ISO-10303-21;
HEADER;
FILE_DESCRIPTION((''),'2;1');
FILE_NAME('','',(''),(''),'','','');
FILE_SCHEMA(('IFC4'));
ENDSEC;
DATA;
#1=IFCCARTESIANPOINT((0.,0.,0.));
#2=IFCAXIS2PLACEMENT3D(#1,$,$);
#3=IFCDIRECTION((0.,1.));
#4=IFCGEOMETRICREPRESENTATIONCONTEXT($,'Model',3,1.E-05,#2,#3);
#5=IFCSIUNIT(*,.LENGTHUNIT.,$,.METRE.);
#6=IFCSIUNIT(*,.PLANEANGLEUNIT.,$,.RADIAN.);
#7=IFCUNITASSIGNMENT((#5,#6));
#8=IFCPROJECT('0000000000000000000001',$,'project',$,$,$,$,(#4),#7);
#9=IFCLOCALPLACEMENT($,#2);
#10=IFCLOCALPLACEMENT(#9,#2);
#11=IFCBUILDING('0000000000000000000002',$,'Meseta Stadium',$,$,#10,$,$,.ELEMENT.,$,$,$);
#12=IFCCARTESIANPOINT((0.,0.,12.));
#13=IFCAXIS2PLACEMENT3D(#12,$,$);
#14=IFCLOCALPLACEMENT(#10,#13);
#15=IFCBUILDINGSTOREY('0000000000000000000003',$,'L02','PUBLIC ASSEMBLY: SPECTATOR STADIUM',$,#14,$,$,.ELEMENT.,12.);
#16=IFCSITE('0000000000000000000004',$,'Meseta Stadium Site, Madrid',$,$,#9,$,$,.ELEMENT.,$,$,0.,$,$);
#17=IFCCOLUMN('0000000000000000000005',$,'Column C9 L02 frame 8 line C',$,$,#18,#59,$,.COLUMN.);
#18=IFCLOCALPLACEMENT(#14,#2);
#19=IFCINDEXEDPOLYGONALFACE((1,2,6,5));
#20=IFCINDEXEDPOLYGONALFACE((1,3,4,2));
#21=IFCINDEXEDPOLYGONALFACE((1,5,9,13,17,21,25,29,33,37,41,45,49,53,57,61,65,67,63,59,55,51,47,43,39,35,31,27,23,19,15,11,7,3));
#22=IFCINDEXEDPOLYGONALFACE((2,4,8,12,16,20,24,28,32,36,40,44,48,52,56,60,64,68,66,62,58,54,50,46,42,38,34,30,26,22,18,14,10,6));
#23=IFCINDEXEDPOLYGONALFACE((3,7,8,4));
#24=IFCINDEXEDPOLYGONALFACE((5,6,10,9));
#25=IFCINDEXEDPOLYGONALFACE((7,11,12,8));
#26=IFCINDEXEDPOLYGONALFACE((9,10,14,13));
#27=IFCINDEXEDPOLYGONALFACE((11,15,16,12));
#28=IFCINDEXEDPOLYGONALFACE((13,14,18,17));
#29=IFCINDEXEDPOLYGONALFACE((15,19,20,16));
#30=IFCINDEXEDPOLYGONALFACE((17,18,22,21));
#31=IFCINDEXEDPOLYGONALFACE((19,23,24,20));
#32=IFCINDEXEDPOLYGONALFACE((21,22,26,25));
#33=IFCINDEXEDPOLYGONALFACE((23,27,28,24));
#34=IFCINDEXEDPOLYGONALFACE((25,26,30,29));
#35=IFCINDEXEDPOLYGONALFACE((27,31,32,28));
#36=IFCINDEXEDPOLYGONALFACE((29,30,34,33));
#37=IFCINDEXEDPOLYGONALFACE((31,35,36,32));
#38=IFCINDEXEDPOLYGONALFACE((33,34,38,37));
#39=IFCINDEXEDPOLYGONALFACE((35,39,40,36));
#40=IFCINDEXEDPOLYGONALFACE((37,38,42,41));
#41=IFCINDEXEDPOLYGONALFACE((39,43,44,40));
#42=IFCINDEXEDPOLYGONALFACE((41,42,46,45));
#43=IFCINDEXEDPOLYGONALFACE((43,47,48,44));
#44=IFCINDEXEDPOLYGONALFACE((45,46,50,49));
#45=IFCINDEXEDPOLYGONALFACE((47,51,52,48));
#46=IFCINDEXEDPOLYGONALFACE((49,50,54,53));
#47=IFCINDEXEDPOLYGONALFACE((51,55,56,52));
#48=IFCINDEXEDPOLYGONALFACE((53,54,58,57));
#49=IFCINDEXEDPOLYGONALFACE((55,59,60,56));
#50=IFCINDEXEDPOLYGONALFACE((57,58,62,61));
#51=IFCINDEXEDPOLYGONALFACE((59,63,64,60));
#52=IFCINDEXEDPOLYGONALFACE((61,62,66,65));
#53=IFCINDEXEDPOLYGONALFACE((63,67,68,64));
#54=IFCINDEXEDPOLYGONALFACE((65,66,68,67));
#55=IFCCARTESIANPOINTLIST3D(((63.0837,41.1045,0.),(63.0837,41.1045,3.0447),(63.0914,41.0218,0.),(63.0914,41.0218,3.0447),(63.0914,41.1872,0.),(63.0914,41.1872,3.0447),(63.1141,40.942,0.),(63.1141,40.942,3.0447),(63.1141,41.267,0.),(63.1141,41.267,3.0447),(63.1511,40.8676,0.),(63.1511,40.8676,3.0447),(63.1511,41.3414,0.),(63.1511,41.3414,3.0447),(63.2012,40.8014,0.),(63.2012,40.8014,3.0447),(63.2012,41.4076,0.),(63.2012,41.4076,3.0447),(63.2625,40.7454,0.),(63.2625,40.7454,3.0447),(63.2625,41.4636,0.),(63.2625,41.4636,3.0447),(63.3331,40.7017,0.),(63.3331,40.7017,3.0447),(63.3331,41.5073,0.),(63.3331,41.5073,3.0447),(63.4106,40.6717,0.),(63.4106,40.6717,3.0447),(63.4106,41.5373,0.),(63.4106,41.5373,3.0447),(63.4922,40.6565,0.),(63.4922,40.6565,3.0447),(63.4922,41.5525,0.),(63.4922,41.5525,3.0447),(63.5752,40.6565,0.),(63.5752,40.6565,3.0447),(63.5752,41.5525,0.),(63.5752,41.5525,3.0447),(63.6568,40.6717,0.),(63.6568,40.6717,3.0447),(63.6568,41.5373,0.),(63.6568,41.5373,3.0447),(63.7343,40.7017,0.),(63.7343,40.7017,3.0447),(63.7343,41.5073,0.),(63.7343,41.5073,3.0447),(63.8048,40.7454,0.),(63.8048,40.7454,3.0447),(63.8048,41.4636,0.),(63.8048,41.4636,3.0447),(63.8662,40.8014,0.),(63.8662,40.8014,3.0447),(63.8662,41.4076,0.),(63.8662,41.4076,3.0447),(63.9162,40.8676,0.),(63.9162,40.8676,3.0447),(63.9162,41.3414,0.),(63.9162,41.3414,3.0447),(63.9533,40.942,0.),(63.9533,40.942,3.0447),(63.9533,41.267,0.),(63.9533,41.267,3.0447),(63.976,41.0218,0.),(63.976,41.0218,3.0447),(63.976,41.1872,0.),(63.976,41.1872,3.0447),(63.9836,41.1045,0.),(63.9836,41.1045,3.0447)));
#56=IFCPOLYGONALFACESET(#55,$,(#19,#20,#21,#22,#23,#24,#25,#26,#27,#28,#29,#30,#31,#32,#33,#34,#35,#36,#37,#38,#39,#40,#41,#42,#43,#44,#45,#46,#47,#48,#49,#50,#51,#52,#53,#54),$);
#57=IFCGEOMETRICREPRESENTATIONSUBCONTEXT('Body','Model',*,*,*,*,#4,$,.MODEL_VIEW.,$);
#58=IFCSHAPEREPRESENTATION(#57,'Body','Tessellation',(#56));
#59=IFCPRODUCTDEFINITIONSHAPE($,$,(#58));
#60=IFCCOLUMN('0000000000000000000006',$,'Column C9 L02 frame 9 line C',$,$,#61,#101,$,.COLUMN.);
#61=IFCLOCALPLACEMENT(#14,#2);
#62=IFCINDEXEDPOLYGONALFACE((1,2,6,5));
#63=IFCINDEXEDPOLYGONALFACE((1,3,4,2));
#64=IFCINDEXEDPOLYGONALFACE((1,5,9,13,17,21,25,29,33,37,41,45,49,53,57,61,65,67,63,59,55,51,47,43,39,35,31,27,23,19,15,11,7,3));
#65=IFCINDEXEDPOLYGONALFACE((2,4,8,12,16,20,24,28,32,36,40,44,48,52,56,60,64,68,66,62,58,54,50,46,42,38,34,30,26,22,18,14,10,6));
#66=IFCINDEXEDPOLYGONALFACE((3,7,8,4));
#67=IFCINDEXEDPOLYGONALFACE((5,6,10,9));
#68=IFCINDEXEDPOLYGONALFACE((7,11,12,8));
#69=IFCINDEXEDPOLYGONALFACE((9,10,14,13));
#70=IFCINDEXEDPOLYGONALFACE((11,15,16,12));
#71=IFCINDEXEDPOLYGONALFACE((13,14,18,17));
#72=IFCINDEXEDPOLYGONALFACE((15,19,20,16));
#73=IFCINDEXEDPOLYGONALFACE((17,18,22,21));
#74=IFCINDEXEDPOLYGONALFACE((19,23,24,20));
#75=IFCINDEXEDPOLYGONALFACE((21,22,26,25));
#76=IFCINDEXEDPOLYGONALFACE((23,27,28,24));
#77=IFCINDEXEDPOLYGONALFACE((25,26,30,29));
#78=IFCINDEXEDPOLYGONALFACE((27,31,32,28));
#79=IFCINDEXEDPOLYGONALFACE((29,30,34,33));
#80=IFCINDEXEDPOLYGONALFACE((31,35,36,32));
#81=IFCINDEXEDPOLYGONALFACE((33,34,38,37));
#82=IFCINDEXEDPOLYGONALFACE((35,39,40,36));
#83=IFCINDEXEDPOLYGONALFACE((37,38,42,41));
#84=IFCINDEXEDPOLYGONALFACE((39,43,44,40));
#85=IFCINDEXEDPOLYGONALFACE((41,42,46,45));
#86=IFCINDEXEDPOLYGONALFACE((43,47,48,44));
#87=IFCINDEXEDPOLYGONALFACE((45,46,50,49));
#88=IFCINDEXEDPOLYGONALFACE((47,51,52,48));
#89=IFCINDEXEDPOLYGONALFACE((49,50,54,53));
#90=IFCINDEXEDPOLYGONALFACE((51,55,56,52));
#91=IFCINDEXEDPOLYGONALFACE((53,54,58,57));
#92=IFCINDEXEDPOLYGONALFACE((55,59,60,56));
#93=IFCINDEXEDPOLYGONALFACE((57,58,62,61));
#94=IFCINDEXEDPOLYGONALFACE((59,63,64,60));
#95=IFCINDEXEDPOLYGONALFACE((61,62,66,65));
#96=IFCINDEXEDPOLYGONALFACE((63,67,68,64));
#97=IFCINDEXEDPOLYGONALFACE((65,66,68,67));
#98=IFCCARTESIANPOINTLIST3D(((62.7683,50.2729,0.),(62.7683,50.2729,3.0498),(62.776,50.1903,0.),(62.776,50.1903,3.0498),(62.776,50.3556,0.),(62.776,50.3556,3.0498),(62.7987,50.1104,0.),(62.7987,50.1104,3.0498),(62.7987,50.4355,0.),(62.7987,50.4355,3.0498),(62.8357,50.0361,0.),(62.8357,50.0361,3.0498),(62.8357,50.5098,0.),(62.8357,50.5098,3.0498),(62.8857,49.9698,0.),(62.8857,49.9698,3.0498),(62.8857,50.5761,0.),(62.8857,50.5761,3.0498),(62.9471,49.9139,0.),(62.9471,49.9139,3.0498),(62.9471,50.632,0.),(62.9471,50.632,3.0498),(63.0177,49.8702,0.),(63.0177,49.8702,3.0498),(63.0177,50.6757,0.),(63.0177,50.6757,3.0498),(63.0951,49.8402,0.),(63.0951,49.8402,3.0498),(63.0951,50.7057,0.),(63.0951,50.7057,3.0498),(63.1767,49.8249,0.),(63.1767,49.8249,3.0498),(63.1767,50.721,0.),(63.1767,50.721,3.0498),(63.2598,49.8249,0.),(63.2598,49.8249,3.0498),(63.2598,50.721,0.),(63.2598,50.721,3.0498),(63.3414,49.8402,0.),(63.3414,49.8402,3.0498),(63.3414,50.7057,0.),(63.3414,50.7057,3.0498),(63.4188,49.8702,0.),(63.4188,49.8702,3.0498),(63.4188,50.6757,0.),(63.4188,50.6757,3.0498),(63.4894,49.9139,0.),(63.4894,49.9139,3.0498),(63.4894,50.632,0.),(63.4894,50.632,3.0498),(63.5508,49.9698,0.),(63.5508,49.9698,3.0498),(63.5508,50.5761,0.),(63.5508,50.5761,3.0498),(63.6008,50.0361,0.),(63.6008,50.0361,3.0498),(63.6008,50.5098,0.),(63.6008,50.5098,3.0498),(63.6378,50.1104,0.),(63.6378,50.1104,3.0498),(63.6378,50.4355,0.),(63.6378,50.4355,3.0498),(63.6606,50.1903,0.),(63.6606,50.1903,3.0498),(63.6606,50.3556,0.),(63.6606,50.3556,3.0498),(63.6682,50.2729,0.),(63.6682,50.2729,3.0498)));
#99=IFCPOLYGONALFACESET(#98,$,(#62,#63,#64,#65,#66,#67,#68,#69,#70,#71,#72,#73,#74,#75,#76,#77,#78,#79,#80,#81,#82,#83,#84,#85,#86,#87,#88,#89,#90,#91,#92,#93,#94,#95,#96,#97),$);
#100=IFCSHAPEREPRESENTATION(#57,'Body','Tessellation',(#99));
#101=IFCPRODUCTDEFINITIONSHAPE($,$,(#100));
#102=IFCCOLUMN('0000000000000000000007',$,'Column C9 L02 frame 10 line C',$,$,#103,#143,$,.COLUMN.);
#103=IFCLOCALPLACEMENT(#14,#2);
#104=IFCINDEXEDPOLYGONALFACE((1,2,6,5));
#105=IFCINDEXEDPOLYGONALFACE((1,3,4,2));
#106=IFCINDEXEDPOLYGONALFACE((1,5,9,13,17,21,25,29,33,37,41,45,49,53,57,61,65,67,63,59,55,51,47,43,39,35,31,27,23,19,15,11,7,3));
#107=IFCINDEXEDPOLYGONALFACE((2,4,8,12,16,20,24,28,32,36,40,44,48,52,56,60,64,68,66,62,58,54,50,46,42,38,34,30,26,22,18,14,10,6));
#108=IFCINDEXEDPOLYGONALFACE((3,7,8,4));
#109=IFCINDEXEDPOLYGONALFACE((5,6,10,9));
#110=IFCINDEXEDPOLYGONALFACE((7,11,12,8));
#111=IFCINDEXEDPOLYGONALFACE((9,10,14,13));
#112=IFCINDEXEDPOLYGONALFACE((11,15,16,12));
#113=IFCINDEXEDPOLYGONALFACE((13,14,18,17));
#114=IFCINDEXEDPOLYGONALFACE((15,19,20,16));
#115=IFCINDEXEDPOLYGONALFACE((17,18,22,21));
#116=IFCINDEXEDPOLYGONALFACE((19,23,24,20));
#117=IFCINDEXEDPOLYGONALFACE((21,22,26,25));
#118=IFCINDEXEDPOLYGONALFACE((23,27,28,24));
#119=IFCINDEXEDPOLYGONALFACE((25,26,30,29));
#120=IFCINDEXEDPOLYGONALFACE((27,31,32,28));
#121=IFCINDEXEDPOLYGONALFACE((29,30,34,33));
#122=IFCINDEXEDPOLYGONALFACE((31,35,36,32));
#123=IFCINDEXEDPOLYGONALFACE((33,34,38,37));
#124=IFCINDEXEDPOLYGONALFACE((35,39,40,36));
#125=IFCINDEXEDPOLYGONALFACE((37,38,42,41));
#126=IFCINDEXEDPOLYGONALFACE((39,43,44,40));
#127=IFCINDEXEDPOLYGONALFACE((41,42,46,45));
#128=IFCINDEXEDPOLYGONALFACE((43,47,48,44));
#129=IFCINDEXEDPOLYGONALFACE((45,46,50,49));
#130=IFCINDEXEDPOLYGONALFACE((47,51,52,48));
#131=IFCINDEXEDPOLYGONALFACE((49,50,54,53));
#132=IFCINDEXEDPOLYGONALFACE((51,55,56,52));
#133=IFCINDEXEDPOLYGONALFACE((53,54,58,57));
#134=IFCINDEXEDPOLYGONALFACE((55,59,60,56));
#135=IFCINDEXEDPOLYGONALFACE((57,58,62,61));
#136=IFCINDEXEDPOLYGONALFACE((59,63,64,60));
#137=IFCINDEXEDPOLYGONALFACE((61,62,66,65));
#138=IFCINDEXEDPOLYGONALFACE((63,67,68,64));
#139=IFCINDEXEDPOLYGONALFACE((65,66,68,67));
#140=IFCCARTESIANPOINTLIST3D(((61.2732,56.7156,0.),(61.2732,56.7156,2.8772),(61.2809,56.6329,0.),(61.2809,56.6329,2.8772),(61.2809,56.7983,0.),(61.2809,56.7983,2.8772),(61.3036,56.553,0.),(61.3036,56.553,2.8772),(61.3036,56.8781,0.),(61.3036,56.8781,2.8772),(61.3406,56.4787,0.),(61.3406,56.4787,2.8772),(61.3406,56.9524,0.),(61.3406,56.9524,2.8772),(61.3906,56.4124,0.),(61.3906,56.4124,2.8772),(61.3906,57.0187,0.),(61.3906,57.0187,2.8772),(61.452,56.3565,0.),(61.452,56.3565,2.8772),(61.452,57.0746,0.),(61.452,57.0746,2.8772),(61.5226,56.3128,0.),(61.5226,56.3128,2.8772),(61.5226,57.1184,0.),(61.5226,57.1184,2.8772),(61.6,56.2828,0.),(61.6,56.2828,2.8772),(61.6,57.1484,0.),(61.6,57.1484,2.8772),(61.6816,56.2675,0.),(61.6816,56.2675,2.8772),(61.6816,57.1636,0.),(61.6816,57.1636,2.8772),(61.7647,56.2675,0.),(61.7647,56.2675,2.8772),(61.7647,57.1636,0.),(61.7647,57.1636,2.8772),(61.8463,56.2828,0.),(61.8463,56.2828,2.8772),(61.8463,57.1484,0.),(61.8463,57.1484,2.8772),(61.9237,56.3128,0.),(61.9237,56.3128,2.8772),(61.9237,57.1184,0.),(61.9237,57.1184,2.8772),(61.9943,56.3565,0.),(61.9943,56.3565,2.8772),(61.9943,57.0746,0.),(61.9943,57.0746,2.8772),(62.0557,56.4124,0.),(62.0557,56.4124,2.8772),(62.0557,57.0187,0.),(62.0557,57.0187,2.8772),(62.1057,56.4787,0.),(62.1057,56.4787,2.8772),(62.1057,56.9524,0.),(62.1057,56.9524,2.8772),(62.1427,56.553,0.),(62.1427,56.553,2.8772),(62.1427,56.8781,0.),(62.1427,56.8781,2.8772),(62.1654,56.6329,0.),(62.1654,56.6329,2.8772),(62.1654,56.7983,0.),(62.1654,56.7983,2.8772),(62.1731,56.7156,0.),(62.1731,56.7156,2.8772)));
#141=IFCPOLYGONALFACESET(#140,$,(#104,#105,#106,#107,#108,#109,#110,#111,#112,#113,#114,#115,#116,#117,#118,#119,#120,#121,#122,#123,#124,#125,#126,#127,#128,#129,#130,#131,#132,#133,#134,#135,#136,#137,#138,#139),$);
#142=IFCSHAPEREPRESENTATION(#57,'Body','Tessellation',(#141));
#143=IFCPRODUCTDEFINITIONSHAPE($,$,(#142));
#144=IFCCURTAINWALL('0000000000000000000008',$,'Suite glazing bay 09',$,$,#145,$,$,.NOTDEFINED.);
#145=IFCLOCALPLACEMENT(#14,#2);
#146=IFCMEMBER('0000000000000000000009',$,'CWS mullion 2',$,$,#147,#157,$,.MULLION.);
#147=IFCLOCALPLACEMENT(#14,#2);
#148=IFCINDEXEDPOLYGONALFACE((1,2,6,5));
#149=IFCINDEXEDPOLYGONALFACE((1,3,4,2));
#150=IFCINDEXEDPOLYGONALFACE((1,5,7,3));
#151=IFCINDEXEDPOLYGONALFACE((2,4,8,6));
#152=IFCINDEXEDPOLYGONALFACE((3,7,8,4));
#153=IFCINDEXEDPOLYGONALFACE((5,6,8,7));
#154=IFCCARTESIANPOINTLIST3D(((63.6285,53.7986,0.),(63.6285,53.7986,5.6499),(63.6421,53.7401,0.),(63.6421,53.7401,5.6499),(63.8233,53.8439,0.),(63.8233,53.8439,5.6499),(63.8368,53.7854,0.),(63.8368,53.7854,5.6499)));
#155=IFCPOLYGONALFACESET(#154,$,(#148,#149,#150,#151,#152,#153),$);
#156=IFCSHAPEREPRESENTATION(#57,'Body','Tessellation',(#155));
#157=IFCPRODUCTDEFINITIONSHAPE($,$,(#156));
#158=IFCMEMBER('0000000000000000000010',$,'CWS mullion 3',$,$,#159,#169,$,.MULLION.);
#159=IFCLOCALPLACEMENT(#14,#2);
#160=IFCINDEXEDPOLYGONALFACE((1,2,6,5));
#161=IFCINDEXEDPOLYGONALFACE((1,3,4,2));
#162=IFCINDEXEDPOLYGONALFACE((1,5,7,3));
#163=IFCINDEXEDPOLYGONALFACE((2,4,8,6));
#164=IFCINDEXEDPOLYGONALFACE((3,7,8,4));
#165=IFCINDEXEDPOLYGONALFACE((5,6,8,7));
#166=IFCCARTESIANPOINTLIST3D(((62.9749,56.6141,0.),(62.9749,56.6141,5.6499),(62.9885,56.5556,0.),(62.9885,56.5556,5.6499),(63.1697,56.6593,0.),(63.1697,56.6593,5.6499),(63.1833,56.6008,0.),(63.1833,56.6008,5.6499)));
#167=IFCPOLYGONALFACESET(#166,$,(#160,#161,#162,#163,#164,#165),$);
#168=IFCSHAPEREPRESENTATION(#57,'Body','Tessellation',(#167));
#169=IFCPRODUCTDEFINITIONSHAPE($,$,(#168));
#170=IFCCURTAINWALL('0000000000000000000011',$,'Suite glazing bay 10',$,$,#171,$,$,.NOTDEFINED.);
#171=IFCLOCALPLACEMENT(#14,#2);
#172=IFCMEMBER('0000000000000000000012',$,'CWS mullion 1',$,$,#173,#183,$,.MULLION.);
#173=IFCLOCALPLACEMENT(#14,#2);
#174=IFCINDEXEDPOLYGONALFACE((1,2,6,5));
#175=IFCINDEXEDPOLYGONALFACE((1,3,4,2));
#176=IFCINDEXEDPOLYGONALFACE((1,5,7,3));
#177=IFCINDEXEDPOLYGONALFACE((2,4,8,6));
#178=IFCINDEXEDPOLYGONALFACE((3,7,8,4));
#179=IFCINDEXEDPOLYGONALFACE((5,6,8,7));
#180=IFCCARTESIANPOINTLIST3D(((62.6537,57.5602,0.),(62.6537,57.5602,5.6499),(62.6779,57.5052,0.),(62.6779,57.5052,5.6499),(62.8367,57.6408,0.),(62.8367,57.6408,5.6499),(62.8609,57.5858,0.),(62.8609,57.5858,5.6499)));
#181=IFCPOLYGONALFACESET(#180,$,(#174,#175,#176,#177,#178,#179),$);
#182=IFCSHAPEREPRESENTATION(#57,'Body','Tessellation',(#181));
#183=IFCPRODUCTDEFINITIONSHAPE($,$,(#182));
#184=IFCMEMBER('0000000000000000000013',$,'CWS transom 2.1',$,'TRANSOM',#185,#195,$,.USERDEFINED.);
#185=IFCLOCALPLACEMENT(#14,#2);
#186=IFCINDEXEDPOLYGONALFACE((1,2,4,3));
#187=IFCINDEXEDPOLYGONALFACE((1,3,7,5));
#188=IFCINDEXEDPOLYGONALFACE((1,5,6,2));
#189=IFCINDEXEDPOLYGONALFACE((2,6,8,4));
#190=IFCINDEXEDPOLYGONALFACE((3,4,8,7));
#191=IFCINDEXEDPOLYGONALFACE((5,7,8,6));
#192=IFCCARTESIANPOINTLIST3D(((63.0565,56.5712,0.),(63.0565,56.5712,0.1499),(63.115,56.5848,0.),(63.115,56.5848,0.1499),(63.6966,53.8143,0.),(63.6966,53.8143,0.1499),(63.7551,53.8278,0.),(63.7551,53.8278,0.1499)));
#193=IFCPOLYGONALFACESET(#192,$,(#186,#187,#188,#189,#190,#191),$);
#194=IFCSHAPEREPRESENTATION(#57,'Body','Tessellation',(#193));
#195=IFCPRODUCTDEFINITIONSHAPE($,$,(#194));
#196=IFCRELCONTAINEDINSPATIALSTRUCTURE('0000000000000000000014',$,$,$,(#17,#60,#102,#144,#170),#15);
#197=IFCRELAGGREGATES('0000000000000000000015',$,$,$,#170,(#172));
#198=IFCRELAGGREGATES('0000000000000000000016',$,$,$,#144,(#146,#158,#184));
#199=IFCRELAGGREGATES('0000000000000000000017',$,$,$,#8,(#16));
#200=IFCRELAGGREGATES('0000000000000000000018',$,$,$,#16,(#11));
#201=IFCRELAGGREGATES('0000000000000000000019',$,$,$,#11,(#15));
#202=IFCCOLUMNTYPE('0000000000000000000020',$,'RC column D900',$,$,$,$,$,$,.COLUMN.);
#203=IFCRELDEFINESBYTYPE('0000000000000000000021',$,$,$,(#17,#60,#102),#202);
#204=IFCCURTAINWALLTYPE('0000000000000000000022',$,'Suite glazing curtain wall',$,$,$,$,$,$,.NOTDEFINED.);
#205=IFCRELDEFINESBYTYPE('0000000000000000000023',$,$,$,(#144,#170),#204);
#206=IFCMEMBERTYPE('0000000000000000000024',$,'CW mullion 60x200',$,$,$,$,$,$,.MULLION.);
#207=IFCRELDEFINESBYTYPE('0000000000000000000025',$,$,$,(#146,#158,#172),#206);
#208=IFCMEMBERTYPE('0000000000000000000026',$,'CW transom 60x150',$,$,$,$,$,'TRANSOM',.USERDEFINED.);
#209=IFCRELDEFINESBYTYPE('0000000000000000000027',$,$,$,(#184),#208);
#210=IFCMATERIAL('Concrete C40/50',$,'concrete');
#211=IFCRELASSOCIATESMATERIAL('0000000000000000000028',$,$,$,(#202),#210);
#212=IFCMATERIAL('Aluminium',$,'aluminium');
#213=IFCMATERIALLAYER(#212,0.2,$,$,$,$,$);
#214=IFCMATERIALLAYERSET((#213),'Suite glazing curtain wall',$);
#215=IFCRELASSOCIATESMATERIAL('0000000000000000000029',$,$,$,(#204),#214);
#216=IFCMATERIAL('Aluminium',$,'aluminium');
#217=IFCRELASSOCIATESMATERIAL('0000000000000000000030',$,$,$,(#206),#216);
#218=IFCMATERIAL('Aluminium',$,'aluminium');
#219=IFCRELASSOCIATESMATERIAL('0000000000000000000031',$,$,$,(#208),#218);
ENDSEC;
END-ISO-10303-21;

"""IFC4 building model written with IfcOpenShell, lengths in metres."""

from ifc_helpers import new_model, si_unit, direction, frame, origin, origin_2d, place, context, subcontext, project, spatial, rectangle, circle, extrude, material, layer, layer_set, material_profile, profile_set, type_object, element, aggregate, save


model = new_model("IFC4")

# Units and contexts
model_context = context("Model", 3, precision=1e-05, world=origin(), true_north=direction((0.0, 1.0)))
body_context = subcontext(model_context, "Body", "Model", "MODEL_VIEW")
ifc_project = project(units=[si_unit("LENGTHUNIT", "METRE"), si_unit("PLANEANGLEUNIT", "RADIAN")], contexts=[model_context])

# Site, building, storey
site_placement = place(None, origin())
site = spatial("IfcSite", under=ifc_project, at=site_placement, Name="Meseta Stadium Site, Madrid", CompositionType="ELEMENT", RefElevation=0.0)
building_placement = place(site_placement, origin())
building = spatial("IfcBuilding", under=site, at=building_placement, Name="Meseta Stadium", CompositionType="ELEMENT")
storey_placement = place(building_placement, frame((0.0, 0.0, 12.0)))
storey = spatial("IfcBuildingStorey", under=building, at=storey_placement, Name="L02", Description="PUBLIC ASSEMBLY: SPECTATOR STADIUM", CompositionType="ELEMENT", Elevation=12.0)

# Columns
ifc_material_1 = material(Name="Concrete C40/50", Category="concrete")
ifc_material_profile_1 = material_profile(ifc_material_1, circle(Radius=0.45, at=origin_2d()), Name="RC D900")
ifc_profile_set_1 = profile_set([ifc_material_profile_1], Name="Concrete C40/50")
column_type_1 = type_object("IfcColumnType", Name="RC column D900", PredefinedType="COLUMN", material=ifc_profile_set_1)
column_1_placement = place(storey_placement, frame((63.5337, 41.1045, 0.0), z_axis=(0.0, 0.0, 1.0), x_axis=(1.0, 0.0, 0.0)))
element("IfcColumn", 1, at=column_1_placement, inside=storey, type_object=column_type_1, Name="Column C9 L02 frame 8 line C", PredefinedType="COLUMN", context=body_context, shape_type="SweptSolid", body=[
    extrude(circle(Radius=0.45, at=origin_2d()), origin(), (0.0, 0.0, 1.0), 3.0447),
])
column_2_placement = place(storey_placement, frame((63.2183, 50.2729, 0.0), z_axis=(0.0, 0.0, 1.0), x_axis=(1.0, 0.0, 0.0)))
element("IfcColumn", 2, at=column_2_placement, inside=storey, type_object=column_type_1, Name="Column C9 L02 frame 9 line C", PredefinedType="COLUMN", context=body_context, shape_type="SweptSolid", body=[
    extrude(circle(Radius=0.45, at=origin_2d()), origin(), (0.0, 0.0, 1.0), 3.0498),
])
column_3_placement = place(storey_placement, frame((61.7231, 56.7156, 0.0), z_axis=(0.0, 0.0, 1.0), x_axis=(1.0, 0.0, 0.0)))
element("IfcColumn", 3, at=column_3_placement, inside=storey, type_object=column_type_1, Name="Column C9 L02 frame 10 line C", PredefinedType="COLUMN", context=body_context, shape_type="SweptSolid", body=[
    extrude(circle(Radius=0.45, at=origin_2d()), origin(), (0.0, 0.0, 1.0), 2.8772),
])

# Curtain wall, members
ifc_material_2 = material(Name="Aluminium", Category="aluminium")
ifc_layer_1 = layer(ifc_material_2, 0.2)
ifc_layer_set_1 = layer_set([ifc_layer_1], Name="Suite glazing curtain wall")
curtain_wall_type = type_object("IfcCurtainWallType", Name="Suite glazing curtain wall", PredefinedType="NOTDEFINED", material=ifc_layer_set_1)
curtain_wall_1_placement = place(storey_placement, origin())
curtain_wall_1 = element("IfcCurtainWall", 4, at=curtain_wall_1_placement, inside=storey, type_object=curtain_wall_type, Name="Suite glazing bay 09", PredefinedType="NOTDEFINED")
ifc_material_3 = material(Name="Aluminium", Category="aluminium")
ifc_material_profile_2 = material_profile(ifc_material_3, rectangle(XDim=0.2, YDim=0.0601, at=origin_2d()), Name="CW 200x60")
ifc_profile_set_2 = profile_set([ifc_material_profile_2], Name="Aluminium")
member_type_1 = type_object("IfcMemberType", Name="CW mullion 60x200", PredefinedType="MULLION", material=ifc_profile_set_2)
member_1_placement = place(storey_placement, frame((63.7327, 53.792, 0.0), z_axis=(0.0, 0.0, 1.0), x_axis=(-0.974093, -0.226148, 0.0)))
member_1 = element("IfcMember", 5, at=member_1_placement, type_object=member_type_1, Name="CWS mullion 2", PredefinedType="MULLION", context=body_context, shape_type="SweptSolid", body=[
    extrude(rectangle(XDim=0.2, YDim=0.0601, at=origin_2d()), origin(), (0.0, 0.0, 1.0), 5.6499),
])
member_2_placement = place(storey_placement, frame((63.0791, 56.6074, 0.0), z_axis=(0.0, 0.0, 1.0), x_axis=(-0.974093, -0.226148, 0.0)))
member_2 = element("IfcMember", 6, at=member_2_placement, type_object=member_type_1, Name="CWS mullion 3", PredefinedType="MULLION", context=body_context, shape_type="SweptSolid", body=[
    extrude(rectangle(XDim=0.2, YDim=0.0601, at=origin_2d()), origin(), (0.0, 0.0, 1.0), 5.6499),
])

# Curtain wall, member
curtain_wall_2_placement = place(storey_placement, origin())
curtain_wall_2 = element("IfcCurtainWall", 7, at=curtain_wall_2_placement, inside=storey, type_object=curtain_wall_type, Name="Suite glazing bay 10", PredefinedType="NOTDEFINED")
member_3_placement = place(storey_placement, frame((62.7573, 57.573, 0.0), z_axis=(0.0, 0.0, 1.0), x_axis=(-0.915207, -0.402983, 0.0)))
member_3 = element("IfcMember", 8, at=member_3_placement, type_object=member_type_1, Name="CWS mullion 1", PredefinedType="MULLION", context=body_context, shape_type="SweptSolid", body=[
    extrude(rectangle(XDim=0.2, YDim=0.0601, at=origin_2d()), origin(), (0.0, 0.0, 1.0), 5.6499),
])

# Member
ifc_material_4 = material(Name="Aluminium", Category="aluminium")
ifc_material_profile_3 = material_profile(ifc_material_4, rectangle(XDim=0.0601, YDim=0.1499, at=origin_2d()), Name="CW 60x150")
ifc_profile_set_3 = profile_set([ifc_material_profile_3], Name="Aluminium")
member_type_2 = type_object("IfcMemberType", Name="CW transom 60x150", ElementType="TRANSOM", PredefinedType="USERDEFINED", material=ifc_profile_set_3)
member_4_placement = place(storey_placement, frame((63.7258, 53.821, 0.075), z_axis=(-0.226163, 0.974089, 0.0), x_axis=(-0.974089, -0.226163, 0.0)))
member_4 = element("IfcMember", 9, at=member_4_placement, type_object=member_type_2, Name="CWS transom 2.1", ObjectType="TRANSOM", PredefinedType="USERDEFINED", context=body_context, shape_type="SweptSolid", body=[
    extrude(rectangle(XDim=0.0601, YDim=0.1499, at=origin_2d()), origin(), (0.0, 0.0, 1.0), 2.8303),
])
aggregate(curtain_wall_2, [member_3])

aggregate(curtain_wall_1, [member_1, member_2, member_4])

save(model, "model.ifc")
